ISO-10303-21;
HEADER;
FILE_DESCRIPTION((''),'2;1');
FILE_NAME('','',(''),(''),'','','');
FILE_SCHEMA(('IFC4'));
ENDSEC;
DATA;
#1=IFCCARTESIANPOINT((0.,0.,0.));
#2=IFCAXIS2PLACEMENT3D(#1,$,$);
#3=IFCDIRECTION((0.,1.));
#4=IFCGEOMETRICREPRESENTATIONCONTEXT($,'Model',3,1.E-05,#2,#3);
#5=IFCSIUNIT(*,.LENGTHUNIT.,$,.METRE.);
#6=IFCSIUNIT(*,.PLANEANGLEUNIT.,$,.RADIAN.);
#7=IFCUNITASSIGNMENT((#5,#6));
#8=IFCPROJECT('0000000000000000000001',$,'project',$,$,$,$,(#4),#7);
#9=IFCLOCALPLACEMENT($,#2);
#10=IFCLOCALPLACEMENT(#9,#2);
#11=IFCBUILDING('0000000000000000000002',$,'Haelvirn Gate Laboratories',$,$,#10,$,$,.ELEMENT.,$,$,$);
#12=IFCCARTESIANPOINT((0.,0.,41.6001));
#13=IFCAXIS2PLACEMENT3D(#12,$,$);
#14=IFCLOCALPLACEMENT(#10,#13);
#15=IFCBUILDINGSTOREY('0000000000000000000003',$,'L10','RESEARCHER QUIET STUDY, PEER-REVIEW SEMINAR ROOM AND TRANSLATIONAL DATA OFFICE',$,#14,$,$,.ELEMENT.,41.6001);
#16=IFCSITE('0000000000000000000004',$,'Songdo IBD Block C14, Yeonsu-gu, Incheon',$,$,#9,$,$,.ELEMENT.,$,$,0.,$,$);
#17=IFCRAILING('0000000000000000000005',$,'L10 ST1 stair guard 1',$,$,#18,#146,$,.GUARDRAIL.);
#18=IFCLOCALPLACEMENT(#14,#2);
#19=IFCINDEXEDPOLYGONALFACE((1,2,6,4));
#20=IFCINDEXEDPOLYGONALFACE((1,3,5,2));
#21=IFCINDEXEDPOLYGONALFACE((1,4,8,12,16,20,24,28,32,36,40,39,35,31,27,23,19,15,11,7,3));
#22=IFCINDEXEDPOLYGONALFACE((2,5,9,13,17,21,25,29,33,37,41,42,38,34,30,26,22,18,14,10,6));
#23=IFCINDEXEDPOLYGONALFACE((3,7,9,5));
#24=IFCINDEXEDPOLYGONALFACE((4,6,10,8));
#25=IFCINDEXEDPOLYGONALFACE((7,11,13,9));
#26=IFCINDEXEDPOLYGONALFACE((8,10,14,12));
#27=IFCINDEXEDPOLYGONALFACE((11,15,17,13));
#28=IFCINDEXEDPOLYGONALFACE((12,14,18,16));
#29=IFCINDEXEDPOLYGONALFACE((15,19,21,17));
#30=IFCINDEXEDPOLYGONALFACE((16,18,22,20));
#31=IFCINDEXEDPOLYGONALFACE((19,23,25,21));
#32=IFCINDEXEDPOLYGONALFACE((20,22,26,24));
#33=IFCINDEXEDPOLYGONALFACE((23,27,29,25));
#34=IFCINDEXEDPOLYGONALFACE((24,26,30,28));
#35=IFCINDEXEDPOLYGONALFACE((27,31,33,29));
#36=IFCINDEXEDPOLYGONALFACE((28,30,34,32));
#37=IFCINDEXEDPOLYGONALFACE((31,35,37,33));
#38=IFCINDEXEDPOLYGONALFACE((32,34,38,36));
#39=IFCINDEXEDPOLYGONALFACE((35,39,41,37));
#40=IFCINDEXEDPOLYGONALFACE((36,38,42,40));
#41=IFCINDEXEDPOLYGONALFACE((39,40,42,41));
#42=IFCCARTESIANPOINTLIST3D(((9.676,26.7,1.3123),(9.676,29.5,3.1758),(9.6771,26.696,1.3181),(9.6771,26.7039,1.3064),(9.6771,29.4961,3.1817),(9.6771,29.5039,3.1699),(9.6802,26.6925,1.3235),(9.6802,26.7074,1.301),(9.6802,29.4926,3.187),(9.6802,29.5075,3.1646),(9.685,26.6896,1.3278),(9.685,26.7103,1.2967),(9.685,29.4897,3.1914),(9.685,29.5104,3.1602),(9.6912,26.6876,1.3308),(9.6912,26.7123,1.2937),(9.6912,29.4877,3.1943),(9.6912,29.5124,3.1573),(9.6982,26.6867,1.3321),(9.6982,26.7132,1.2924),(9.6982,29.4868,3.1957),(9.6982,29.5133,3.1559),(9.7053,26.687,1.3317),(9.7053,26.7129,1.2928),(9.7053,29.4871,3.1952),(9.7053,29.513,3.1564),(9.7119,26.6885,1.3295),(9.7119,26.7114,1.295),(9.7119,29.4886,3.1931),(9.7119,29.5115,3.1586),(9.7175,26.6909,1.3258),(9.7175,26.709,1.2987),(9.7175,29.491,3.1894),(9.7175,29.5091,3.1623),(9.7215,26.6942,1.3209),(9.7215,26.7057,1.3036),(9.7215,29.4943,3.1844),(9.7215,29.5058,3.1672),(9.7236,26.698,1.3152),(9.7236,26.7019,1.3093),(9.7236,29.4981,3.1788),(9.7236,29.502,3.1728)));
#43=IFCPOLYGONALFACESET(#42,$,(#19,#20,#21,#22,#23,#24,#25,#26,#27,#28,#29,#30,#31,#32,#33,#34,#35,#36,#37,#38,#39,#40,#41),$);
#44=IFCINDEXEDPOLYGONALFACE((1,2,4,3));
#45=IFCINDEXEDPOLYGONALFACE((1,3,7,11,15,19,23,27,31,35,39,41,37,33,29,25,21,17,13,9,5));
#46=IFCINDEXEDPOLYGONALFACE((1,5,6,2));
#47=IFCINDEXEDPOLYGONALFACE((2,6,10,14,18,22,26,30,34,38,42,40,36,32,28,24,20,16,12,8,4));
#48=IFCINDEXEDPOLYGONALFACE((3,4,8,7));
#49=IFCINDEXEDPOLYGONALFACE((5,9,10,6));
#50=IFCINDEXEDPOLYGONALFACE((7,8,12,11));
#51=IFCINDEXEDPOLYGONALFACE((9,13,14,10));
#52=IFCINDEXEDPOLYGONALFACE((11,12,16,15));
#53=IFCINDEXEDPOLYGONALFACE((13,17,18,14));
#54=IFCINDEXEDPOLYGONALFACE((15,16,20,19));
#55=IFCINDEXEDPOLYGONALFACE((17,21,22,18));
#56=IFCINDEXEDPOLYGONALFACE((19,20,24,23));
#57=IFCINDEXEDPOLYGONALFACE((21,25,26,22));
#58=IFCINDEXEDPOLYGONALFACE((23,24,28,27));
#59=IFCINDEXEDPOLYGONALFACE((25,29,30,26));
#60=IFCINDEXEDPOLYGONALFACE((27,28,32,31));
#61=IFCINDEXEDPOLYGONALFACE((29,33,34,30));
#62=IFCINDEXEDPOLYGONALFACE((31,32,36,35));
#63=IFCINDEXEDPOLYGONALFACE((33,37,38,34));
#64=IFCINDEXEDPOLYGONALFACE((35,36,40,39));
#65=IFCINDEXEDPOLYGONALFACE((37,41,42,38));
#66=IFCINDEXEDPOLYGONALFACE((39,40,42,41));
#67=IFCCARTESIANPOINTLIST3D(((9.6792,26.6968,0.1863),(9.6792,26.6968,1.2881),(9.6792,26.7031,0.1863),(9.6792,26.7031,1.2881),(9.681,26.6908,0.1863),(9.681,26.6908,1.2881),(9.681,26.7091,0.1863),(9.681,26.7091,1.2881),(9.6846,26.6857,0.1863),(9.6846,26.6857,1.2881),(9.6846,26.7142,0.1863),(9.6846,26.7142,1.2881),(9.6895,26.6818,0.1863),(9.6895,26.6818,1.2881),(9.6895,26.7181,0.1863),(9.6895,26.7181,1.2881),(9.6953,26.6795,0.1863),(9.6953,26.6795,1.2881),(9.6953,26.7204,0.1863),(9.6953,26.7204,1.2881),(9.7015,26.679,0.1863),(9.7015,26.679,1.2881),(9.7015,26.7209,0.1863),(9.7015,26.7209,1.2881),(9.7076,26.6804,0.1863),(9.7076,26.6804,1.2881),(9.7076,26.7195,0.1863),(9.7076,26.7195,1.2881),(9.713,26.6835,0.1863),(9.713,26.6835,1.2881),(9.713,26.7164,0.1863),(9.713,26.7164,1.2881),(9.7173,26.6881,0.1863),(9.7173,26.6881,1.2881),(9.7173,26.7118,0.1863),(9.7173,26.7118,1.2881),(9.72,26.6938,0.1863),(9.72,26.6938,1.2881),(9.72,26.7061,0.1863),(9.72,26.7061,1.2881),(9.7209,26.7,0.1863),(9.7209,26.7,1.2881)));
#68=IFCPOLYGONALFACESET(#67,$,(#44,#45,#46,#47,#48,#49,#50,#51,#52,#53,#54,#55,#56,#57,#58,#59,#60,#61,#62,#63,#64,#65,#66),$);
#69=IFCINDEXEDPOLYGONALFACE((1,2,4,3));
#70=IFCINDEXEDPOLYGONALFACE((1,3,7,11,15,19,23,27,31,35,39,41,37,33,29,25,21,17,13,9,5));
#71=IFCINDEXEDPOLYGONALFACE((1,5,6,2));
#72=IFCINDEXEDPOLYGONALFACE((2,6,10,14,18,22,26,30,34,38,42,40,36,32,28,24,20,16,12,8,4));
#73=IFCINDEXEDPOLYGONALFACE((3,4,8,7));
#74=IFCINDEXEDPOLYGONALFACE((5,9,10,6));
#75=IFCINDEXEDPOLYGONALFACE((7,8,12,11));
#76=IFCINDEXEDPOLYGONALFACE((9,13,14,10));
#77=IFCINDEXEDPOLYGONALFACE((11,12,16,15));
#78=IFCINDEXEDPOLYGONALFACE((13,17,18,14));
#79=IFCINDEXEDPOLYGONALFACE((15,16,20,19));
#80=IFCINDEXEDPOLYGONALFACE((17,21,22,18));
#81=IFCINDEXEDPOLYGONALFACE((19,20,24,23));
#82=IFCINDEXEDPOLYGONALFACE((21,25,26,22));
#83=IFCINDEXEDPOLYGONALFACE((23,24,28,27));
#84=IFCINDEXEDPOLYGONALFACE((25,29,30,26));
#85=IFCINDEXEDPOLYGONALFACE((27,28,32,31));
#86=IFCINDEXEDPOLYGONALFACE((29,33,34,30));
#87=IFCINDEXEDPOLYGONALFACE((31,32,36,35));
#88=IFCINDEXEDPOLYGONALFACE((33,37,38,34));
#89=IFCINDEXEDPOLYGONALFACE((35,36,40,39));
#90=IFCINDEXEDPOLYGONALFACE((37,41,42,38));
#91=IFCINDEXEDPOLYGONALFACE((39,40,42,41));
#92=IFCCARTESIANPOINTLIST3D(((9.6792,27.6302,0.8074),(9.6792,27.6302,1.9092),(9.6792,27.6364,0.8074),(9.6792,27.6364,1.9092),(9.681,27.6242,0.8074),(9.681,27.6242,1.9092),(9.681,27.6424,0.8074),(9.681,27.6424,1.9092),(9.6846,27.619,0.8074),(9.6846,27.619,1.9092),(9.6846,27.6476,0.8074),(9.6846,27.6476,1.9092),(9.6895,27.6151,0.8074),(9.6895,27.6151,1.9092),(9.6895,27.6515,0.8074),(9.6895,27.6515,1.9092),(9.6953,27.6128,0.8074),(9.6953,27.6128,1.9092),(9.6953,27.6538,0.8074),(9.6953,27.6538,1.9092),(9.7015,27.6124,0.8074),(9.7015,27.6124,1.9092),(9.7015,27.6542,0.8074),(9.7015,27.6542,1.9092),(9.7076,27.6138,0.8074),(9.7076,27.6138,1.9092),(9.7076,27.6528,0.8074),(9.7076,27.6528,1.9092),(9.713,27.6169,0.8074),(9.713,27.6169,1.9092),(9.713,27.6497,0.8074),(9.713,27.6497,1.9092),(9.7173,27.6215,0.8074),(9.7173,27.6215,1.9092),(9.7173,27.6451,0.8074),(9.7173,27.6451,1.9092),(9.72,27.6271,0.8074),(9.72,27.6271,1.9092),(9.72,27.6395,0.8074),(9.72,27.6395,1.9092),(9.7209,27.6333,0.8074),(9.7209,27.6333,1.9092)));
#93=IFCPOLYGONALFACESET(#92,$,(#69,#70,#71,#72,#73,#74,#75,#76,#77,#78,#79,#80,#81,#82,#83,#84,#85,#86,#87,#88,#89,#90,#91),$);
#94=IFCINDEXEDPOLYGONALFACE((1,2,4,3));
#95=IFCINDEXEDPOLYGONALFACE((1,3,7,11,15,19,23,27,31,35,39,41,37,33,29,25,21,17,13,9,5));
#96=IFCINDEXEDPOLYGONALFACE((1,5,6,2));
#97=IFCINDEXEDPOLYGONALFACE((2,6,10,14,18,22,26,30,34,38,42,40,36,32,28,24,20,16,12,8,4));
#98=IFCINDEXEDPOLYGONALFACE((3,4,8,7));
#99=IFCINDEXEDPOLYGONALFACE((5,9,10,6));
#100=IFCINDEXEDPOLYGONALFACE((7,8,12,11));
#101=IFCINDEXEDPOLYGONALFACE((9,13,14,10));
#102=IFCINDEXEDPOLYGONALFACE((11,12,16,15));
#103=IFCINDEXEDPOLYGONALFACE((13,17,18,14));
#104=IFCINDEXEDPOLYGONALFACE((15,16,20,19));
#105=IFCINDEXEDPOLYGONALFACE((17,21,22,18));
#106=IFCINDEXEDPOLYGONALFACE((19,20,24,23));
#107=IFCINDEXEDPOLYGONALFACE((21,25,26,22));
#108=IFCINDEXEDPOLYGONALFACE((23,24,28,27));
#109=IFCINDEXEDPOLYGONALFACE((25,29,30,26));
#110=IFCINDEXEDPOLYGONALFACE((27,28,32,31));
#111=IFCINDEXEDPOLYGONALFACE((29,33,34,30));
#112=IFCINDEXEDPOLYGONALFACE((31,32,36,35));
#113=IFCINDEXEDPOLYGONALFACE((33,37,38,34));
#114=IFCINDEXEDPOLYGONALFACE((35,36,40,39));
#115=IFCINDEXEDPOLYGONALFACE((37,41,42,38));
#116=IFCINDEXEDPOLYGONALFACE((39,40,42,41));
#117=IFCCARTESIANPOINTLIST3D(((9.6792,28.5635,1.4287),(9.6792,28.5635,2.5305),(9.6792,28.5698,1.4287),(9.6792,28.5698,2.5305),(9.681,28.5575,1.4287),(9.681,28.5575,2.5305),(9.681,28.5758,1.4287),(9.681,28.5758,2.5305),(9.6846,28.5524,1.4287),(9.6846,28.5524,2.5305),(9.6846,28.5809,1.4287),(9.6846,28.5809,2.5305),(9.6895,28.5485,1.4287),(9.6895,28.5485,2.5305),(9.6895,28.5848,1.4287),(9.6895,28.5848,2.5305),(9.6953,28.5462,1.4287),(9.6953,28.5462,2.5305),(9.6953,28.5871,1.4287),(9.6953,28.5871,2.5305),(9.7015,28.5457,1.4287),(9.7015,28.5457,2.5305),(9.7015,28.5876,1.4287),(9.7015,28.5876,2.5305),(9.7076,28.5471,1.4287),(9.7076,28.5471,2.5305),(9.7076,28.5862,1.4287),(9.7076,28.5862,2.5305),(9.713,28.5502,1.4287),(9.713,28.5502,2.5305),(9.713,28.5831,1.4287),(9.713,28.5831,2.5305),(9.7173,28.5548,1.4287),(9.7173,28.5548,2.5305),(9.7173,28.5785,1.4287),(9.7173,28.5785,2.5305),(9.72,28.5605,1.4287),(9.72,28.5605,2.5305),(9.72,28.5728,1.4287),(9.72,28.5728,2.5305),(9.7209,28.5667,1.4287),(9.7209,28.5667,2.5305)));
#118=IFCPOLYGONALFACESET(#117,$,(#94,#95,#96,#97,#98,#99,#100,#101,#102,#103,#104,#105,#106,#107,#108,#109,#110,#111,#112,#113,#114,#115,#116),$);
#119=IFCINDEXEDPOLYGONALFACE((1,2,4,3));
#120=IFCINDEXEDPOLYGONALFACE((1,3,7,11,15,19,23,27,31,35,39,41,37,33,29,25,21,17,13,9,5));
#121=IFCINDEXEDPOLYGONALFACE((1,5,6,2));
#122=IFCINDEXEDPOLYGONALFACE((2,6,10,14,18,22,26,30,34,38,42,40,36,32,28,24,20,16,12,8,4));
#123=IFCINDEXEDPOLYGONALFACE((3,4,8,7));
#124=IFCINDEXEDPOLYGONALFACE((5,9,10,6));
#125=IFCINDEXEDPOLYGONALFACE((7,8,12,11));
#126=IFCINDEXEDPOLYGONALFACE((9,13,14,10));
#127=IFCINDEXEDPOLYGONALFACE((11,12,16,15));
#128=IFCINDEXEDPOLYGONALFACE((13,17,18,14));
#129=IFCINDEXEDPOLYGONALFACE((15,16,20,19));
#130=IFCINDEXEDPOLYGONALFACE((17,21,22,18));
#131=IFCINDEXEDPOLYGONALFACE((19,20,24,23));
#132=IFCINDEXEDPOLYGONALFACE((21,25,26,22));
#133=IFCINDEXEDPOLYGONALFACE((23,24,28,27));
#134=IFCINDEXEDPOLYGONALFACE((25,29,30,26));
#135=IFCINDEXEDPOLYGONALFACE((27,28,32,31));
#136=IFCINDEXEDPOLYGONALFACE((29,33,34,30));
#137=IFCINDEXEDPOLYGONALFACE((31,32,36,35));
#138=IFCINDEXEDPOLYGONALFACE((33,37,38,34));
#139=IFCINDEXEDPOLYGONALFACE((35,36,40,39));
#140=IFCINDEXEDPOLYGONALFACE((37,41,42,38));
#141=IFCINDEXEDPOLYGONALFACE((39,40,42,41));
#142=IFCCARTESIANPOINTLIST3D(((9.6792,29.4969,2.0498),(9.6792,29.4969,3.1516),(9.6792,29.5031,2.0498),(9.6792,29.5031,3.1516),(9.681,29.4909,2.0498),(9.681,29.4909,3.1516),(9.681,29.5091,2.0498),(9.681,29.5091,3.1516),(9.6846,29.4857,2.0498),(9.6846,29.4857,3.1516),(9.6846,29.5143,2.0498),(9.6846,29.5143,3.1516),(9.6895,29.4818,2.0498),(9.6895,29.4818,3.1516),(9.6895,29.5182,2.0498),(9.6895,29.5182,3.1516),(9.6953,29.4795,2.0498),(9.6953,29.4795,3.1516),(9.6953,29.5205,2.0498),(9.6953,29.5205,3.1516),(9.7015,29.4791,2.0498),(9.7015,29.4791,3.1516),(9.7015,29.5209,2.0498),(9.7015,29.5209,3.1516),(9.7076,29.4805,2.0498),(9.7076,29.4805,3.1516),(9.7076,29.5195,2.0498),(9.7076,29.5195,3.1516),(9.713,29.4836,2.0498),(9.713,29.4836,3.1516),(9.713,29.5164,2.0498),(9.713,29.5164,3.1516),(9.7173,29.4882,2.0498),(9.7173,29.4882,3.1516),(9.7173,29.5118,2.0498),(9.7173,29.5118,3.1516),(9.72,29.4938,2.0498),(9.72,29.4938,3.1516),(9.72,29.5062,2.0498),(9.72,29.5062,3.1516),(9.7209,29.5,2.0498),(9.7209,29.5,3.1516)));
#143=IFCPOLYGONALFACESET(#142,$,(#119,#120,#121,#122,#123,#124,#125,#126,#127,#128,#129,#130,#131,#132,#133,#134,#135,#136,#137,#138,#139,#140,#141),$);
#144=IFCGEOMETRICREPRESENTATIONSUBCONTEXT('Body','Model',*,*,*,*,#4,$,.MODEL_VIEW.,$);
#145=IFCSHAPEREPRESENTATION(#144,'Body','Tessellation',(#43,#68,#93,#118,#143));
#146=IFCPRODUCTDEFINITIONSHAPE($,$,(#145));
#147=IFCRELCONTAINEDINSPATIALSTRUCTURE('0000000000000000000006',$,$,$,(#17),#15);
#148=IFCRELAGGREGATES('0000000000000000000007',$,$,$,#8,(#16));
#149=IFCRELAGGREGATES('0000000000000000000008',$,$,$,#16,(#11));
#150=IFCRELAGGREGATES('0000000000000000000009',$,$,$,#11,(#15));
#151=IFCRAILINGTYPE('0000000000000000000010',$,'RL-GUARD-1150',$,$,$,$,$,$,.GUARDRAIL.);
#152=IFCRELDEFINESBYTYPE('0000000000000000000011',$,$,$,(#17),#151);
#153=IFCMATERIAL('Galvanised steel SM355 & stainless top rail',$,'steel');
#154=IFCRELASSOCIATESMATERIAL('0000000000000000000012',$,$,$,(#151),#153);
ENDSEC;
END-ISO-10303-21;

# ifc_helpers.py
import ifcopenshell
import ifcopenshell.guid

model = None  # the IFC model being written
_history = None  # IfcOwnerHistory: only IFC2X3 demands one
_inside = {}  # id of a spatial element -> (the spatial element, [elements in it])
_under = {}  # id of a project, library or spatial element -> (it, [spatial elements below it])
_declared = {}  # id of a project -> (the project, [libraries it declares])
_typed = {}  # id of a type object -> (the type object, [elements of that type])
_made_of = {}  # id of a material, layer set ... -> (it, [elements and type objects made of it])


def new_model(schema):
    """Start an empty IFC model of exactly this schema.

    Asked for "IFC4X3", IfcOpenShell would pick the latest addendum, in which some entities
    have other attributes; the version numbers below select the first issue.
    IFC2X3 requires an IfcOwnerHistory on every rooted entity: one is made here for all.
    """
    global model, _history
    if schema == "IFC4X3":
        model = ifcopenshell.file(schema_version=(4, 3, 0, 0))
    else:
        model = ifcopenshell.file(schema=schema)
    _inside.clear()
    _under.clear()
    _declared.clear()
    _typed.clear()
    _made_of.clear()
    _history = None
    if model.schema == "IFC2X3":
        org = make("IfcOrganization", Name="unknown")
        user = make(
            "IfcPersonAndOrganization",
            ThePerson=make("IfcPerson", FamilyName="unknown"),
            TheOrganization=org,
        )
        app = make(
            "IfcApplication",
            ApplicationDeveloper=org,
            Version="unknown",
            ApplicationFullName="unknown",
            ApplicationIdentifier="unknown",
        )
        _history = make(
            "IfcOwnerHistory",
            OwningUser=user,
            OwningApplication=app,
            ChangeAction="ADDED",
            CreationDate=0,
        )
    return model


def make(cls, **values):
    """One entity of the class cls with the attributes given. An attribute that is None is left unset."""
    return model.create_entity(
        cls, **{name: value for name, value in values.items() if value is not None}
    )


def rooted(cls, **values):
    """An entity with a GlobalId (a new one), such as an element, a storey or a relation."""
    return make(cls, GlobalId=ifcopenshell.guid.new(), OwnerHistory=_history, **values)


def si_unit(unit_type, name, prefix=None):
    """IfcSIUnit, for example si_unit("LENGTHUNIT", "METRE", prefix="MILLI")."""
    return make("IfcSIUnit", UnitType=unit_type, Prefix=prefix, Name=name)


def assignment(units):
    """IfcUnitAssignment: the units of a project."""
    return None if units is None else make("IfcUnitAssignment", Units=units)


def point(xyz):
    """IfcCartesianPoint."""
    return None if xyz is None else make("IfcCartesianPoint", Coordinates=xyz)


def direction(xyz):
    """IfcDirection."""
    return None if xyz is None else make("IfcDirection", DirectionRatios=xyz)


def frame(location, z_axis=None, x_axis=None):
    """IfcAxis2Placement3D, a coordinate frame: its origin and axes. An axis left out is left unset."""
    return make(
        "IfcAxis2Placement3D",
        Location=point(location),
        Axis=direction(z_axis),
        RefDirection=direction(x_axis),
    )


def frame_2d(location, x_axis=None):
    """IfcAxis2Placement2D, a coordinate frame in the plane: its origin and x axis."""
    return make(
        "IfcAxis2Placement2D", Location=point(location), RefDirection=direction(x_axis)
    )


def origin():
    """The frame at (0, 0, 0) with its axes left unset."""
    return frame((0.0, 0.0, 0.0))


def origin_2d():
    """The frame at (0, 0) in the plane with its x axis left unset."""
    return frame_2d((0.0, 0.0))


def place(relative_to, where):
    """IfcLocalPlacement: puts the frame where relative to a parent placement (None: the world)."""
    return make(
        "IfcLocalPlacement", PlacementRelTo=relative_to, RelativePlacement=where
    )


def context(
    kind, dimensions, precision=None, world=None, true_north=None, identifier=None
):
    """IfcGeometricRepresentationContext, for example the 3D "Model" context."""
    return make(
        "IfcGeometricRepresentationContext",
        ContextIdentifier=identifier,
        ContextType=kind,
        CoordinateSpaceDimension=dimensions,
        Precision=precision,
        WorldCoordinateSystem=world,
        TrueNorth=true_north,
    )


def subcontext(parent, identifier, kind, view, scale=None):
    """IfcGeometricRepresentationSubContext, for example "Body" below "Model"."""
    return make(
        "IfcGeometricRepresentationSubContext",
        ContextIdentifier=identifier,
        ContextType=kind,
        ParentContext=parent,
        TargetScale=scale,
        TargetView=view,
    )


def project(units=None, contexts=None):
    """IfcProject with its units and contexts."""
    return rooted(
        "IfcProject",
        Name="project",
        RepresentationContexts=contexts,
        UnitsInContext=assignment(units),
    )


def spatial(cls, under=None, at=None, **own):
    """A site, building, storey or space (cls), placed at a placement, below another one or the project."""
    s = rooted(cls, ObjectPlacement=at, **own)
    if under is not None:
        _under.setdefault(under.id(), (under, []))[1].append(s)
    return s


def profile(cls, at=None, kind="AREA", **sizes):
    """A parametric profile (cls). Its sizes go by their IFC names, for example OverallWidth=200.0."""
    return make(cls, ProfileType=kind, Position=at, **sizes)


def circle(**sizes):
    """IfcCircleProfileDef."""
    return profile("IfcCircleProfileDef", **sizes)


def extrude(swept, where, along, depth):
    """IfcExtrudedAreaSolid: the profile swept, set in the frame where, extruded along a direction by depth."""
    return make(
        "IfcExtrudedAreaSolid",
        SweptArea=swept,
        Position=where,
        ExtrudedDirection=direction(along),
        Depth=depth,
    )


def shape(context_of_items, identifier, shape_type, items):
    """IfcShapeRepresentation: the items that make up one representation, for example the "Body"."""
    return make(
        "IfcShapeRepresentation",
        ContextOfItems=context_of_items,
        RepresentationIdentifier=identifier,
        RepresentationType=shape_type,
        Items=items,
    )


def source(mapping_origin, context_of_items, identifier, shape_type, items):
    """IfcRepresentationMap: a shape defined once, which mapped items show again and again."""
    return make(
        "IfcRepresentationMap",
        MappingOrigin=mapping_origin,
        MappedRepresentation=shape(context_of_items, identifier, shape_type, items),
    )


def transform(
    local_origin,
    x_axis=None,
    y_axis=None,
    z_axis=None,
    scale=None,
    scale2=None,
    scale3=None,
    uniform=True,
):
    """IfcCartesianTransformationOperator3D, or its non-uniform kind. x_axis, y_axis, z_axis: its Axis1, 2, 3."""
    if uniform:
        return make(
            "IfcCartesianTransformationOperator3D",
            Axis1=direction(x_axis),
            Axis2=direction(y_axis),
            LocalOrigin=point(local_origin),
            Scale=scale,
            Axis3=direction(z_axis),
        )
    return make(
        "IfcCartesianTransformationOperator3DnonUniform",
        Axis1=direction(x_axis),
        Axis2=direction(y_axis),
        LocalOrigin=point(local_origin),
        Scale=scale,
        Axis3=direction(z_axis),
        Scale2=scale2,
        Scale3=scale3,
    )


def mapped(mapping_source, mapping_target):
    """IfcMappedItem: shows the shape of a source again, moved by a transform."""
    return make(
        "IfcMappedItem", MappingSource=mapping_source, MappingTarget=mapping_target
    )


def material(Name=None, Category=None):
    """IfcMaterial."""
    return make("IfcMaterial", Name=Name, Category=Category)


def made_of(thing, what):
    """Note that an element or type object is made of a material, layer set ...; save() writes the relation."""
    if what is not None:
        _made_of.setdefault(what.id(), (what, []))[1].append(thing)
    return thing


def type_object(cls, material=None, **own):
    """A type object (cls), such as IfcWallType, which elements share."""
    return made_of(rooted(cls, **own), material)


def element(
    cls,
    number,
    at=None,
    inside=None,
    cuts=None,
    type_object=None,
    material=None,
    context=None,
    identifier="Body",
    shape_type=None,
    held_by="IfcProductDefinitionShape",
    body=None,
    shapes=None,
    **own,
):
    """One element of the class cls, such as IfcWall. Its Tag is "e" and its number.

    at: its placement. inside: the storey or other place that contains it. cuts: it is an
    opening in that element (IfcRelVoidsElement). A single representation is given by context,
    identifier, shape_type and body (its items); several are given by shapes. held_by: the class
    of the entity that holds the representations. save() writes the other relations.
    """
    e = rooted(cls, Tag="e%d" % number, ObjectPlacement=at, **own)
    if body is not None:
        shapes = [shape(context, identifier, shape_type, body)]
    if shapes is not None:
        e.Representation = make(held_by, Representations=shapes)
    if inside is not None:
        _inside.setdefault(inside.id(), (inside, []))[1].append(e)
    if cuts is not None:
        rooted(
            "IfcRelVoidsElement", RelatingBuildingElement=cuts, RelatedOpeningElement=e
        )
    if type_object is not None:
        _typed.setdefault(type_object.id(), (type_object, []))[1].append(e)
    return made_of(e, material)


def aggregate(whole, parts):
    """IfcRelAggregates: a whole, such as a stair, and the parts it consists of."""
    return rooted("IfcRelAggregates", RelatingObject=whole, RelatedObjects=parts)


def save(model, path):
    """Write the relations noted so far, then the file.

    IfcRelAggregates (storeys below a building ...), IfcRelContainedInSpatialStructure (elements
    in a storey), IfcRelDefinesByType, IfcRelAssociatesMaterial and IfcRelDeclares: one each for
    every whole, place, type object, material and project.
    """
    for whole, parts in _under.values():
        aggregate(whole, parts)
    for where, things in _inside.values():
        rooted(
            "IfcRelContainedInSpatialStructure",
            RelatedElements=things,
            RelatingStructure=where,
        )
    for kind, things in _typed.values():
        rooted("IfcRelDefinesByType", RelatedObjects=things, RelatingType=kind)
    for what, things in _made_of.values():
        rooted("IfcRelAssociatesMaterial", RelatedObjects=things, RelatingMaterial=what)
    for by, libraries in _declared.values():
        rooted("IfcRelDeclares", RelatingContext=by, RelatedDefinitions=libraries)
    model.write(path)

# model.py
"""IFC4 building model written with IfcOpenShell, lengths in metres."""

from ifc_helpers import new_model, si_unit, direction, frame, origin, origin_2d, place, context, subcontext, project, spatial, circle, extrude, source, transform, mapped, material, type_object, element, save


model = new_model("IFC4")

# Units and contexts
model_context = context("Model", 3, precision=1e-05, world=origin(), true_north=direction((0.0, 1.0)))
body_context = subcontext(model_context, "Body", "Model", "MODEL_VIEW")
ifc_project = project(units=[si_unit("LENGTHUNIT", "METRE"), si_unit("PLANEANGLEUNIT", "RADIAN")], contexts=[model_context])

# Site, building, storey
site_placement = place(None, origin())
site = spatial("IfcSite", under=ifc_project, at=site_placement, Name="Songdo IBD Block C14, Yeonsu-gu, Incheon", CompositionType="ELEMENT", RefElevation=0.0)
building_placement = place(site_placement, origin())
building = spatial("IfcBuilding", under=site, at=building_placement, Name="Haelvirn Gate Laboratories", CompositionType="ELEMENT")
storey_placement = place(building_placement, frame((0.0, 0.0, 41.6001)))
storey = spatial("IfcBuildingStorey", under=building, at=storey_placement, Name="L10", Description="RESEARCHER QUIET STUDY, PEER-REVIEW SEMINAR ROOM AND TRANSLATIONAL DATA OFFICE", CompositionType="ELEMENT", Elevation=41.6001)

# Railing
ifc_material_1 = material(Name="Galvanised steel SM355 & stainless top rail", Category="steel")
railing_type_1 = type_object("IfcRailingType", Name="RL-GUARD-1150", PredefinedType="GUARDRAIL", material=ifc_material_1)
shared_shape_1 = source(origin(), body_context, "Body", "SweptSolid", [
    extrude(circle(Radius=0.0239, at=origin_2d()), frame((0.0, 0.0, 1.126), z_axis=(0.0, 0.832486, 0.554047), x_axis=(-1.0, 0.0, 0.0)), (0.0, 0.0, 1.0), 3.3635),
    extrude(circle(Radius=0.021, at=origin_2d()), origin(), (0.0, 0.0, 1.0), 1.1018),
    extrude(circle(Radius=0.021, at=origin_2d()), frame((0.0, 0.9333, 0.6211)), (0.0, 0.0, 1.0), 1.1018),
    extrude(circle(Radius=0.021, at=origin_2d()), frame((0.0, 1.8667, 1.2424)), (0.0, 0.0, 1.0), 1.1018),
    extrude(circle(Radius=0.021, at=origin_2d()), frame((0.0, 2.8, 1.8635)), (0.0, 0.0, 1.0), 1.1018),
])
railing_1_placement = place(storey_placement, frame((9.7, 26.7, 0.1863)))
element("IfcRailing", 1, at=railing_1_placement, inside=storey, type_object=railing_type_1, Name="L10 ST1 stair guard 1", PredefinedType="GUARDRAIL", context=body_context, shape_type="MappedRepresentation", body=[
    mapped(shared_shape_1, transform((0.0, 0.0, 0.0), scale=1.0)),
])

save(model, "model.ifc")
